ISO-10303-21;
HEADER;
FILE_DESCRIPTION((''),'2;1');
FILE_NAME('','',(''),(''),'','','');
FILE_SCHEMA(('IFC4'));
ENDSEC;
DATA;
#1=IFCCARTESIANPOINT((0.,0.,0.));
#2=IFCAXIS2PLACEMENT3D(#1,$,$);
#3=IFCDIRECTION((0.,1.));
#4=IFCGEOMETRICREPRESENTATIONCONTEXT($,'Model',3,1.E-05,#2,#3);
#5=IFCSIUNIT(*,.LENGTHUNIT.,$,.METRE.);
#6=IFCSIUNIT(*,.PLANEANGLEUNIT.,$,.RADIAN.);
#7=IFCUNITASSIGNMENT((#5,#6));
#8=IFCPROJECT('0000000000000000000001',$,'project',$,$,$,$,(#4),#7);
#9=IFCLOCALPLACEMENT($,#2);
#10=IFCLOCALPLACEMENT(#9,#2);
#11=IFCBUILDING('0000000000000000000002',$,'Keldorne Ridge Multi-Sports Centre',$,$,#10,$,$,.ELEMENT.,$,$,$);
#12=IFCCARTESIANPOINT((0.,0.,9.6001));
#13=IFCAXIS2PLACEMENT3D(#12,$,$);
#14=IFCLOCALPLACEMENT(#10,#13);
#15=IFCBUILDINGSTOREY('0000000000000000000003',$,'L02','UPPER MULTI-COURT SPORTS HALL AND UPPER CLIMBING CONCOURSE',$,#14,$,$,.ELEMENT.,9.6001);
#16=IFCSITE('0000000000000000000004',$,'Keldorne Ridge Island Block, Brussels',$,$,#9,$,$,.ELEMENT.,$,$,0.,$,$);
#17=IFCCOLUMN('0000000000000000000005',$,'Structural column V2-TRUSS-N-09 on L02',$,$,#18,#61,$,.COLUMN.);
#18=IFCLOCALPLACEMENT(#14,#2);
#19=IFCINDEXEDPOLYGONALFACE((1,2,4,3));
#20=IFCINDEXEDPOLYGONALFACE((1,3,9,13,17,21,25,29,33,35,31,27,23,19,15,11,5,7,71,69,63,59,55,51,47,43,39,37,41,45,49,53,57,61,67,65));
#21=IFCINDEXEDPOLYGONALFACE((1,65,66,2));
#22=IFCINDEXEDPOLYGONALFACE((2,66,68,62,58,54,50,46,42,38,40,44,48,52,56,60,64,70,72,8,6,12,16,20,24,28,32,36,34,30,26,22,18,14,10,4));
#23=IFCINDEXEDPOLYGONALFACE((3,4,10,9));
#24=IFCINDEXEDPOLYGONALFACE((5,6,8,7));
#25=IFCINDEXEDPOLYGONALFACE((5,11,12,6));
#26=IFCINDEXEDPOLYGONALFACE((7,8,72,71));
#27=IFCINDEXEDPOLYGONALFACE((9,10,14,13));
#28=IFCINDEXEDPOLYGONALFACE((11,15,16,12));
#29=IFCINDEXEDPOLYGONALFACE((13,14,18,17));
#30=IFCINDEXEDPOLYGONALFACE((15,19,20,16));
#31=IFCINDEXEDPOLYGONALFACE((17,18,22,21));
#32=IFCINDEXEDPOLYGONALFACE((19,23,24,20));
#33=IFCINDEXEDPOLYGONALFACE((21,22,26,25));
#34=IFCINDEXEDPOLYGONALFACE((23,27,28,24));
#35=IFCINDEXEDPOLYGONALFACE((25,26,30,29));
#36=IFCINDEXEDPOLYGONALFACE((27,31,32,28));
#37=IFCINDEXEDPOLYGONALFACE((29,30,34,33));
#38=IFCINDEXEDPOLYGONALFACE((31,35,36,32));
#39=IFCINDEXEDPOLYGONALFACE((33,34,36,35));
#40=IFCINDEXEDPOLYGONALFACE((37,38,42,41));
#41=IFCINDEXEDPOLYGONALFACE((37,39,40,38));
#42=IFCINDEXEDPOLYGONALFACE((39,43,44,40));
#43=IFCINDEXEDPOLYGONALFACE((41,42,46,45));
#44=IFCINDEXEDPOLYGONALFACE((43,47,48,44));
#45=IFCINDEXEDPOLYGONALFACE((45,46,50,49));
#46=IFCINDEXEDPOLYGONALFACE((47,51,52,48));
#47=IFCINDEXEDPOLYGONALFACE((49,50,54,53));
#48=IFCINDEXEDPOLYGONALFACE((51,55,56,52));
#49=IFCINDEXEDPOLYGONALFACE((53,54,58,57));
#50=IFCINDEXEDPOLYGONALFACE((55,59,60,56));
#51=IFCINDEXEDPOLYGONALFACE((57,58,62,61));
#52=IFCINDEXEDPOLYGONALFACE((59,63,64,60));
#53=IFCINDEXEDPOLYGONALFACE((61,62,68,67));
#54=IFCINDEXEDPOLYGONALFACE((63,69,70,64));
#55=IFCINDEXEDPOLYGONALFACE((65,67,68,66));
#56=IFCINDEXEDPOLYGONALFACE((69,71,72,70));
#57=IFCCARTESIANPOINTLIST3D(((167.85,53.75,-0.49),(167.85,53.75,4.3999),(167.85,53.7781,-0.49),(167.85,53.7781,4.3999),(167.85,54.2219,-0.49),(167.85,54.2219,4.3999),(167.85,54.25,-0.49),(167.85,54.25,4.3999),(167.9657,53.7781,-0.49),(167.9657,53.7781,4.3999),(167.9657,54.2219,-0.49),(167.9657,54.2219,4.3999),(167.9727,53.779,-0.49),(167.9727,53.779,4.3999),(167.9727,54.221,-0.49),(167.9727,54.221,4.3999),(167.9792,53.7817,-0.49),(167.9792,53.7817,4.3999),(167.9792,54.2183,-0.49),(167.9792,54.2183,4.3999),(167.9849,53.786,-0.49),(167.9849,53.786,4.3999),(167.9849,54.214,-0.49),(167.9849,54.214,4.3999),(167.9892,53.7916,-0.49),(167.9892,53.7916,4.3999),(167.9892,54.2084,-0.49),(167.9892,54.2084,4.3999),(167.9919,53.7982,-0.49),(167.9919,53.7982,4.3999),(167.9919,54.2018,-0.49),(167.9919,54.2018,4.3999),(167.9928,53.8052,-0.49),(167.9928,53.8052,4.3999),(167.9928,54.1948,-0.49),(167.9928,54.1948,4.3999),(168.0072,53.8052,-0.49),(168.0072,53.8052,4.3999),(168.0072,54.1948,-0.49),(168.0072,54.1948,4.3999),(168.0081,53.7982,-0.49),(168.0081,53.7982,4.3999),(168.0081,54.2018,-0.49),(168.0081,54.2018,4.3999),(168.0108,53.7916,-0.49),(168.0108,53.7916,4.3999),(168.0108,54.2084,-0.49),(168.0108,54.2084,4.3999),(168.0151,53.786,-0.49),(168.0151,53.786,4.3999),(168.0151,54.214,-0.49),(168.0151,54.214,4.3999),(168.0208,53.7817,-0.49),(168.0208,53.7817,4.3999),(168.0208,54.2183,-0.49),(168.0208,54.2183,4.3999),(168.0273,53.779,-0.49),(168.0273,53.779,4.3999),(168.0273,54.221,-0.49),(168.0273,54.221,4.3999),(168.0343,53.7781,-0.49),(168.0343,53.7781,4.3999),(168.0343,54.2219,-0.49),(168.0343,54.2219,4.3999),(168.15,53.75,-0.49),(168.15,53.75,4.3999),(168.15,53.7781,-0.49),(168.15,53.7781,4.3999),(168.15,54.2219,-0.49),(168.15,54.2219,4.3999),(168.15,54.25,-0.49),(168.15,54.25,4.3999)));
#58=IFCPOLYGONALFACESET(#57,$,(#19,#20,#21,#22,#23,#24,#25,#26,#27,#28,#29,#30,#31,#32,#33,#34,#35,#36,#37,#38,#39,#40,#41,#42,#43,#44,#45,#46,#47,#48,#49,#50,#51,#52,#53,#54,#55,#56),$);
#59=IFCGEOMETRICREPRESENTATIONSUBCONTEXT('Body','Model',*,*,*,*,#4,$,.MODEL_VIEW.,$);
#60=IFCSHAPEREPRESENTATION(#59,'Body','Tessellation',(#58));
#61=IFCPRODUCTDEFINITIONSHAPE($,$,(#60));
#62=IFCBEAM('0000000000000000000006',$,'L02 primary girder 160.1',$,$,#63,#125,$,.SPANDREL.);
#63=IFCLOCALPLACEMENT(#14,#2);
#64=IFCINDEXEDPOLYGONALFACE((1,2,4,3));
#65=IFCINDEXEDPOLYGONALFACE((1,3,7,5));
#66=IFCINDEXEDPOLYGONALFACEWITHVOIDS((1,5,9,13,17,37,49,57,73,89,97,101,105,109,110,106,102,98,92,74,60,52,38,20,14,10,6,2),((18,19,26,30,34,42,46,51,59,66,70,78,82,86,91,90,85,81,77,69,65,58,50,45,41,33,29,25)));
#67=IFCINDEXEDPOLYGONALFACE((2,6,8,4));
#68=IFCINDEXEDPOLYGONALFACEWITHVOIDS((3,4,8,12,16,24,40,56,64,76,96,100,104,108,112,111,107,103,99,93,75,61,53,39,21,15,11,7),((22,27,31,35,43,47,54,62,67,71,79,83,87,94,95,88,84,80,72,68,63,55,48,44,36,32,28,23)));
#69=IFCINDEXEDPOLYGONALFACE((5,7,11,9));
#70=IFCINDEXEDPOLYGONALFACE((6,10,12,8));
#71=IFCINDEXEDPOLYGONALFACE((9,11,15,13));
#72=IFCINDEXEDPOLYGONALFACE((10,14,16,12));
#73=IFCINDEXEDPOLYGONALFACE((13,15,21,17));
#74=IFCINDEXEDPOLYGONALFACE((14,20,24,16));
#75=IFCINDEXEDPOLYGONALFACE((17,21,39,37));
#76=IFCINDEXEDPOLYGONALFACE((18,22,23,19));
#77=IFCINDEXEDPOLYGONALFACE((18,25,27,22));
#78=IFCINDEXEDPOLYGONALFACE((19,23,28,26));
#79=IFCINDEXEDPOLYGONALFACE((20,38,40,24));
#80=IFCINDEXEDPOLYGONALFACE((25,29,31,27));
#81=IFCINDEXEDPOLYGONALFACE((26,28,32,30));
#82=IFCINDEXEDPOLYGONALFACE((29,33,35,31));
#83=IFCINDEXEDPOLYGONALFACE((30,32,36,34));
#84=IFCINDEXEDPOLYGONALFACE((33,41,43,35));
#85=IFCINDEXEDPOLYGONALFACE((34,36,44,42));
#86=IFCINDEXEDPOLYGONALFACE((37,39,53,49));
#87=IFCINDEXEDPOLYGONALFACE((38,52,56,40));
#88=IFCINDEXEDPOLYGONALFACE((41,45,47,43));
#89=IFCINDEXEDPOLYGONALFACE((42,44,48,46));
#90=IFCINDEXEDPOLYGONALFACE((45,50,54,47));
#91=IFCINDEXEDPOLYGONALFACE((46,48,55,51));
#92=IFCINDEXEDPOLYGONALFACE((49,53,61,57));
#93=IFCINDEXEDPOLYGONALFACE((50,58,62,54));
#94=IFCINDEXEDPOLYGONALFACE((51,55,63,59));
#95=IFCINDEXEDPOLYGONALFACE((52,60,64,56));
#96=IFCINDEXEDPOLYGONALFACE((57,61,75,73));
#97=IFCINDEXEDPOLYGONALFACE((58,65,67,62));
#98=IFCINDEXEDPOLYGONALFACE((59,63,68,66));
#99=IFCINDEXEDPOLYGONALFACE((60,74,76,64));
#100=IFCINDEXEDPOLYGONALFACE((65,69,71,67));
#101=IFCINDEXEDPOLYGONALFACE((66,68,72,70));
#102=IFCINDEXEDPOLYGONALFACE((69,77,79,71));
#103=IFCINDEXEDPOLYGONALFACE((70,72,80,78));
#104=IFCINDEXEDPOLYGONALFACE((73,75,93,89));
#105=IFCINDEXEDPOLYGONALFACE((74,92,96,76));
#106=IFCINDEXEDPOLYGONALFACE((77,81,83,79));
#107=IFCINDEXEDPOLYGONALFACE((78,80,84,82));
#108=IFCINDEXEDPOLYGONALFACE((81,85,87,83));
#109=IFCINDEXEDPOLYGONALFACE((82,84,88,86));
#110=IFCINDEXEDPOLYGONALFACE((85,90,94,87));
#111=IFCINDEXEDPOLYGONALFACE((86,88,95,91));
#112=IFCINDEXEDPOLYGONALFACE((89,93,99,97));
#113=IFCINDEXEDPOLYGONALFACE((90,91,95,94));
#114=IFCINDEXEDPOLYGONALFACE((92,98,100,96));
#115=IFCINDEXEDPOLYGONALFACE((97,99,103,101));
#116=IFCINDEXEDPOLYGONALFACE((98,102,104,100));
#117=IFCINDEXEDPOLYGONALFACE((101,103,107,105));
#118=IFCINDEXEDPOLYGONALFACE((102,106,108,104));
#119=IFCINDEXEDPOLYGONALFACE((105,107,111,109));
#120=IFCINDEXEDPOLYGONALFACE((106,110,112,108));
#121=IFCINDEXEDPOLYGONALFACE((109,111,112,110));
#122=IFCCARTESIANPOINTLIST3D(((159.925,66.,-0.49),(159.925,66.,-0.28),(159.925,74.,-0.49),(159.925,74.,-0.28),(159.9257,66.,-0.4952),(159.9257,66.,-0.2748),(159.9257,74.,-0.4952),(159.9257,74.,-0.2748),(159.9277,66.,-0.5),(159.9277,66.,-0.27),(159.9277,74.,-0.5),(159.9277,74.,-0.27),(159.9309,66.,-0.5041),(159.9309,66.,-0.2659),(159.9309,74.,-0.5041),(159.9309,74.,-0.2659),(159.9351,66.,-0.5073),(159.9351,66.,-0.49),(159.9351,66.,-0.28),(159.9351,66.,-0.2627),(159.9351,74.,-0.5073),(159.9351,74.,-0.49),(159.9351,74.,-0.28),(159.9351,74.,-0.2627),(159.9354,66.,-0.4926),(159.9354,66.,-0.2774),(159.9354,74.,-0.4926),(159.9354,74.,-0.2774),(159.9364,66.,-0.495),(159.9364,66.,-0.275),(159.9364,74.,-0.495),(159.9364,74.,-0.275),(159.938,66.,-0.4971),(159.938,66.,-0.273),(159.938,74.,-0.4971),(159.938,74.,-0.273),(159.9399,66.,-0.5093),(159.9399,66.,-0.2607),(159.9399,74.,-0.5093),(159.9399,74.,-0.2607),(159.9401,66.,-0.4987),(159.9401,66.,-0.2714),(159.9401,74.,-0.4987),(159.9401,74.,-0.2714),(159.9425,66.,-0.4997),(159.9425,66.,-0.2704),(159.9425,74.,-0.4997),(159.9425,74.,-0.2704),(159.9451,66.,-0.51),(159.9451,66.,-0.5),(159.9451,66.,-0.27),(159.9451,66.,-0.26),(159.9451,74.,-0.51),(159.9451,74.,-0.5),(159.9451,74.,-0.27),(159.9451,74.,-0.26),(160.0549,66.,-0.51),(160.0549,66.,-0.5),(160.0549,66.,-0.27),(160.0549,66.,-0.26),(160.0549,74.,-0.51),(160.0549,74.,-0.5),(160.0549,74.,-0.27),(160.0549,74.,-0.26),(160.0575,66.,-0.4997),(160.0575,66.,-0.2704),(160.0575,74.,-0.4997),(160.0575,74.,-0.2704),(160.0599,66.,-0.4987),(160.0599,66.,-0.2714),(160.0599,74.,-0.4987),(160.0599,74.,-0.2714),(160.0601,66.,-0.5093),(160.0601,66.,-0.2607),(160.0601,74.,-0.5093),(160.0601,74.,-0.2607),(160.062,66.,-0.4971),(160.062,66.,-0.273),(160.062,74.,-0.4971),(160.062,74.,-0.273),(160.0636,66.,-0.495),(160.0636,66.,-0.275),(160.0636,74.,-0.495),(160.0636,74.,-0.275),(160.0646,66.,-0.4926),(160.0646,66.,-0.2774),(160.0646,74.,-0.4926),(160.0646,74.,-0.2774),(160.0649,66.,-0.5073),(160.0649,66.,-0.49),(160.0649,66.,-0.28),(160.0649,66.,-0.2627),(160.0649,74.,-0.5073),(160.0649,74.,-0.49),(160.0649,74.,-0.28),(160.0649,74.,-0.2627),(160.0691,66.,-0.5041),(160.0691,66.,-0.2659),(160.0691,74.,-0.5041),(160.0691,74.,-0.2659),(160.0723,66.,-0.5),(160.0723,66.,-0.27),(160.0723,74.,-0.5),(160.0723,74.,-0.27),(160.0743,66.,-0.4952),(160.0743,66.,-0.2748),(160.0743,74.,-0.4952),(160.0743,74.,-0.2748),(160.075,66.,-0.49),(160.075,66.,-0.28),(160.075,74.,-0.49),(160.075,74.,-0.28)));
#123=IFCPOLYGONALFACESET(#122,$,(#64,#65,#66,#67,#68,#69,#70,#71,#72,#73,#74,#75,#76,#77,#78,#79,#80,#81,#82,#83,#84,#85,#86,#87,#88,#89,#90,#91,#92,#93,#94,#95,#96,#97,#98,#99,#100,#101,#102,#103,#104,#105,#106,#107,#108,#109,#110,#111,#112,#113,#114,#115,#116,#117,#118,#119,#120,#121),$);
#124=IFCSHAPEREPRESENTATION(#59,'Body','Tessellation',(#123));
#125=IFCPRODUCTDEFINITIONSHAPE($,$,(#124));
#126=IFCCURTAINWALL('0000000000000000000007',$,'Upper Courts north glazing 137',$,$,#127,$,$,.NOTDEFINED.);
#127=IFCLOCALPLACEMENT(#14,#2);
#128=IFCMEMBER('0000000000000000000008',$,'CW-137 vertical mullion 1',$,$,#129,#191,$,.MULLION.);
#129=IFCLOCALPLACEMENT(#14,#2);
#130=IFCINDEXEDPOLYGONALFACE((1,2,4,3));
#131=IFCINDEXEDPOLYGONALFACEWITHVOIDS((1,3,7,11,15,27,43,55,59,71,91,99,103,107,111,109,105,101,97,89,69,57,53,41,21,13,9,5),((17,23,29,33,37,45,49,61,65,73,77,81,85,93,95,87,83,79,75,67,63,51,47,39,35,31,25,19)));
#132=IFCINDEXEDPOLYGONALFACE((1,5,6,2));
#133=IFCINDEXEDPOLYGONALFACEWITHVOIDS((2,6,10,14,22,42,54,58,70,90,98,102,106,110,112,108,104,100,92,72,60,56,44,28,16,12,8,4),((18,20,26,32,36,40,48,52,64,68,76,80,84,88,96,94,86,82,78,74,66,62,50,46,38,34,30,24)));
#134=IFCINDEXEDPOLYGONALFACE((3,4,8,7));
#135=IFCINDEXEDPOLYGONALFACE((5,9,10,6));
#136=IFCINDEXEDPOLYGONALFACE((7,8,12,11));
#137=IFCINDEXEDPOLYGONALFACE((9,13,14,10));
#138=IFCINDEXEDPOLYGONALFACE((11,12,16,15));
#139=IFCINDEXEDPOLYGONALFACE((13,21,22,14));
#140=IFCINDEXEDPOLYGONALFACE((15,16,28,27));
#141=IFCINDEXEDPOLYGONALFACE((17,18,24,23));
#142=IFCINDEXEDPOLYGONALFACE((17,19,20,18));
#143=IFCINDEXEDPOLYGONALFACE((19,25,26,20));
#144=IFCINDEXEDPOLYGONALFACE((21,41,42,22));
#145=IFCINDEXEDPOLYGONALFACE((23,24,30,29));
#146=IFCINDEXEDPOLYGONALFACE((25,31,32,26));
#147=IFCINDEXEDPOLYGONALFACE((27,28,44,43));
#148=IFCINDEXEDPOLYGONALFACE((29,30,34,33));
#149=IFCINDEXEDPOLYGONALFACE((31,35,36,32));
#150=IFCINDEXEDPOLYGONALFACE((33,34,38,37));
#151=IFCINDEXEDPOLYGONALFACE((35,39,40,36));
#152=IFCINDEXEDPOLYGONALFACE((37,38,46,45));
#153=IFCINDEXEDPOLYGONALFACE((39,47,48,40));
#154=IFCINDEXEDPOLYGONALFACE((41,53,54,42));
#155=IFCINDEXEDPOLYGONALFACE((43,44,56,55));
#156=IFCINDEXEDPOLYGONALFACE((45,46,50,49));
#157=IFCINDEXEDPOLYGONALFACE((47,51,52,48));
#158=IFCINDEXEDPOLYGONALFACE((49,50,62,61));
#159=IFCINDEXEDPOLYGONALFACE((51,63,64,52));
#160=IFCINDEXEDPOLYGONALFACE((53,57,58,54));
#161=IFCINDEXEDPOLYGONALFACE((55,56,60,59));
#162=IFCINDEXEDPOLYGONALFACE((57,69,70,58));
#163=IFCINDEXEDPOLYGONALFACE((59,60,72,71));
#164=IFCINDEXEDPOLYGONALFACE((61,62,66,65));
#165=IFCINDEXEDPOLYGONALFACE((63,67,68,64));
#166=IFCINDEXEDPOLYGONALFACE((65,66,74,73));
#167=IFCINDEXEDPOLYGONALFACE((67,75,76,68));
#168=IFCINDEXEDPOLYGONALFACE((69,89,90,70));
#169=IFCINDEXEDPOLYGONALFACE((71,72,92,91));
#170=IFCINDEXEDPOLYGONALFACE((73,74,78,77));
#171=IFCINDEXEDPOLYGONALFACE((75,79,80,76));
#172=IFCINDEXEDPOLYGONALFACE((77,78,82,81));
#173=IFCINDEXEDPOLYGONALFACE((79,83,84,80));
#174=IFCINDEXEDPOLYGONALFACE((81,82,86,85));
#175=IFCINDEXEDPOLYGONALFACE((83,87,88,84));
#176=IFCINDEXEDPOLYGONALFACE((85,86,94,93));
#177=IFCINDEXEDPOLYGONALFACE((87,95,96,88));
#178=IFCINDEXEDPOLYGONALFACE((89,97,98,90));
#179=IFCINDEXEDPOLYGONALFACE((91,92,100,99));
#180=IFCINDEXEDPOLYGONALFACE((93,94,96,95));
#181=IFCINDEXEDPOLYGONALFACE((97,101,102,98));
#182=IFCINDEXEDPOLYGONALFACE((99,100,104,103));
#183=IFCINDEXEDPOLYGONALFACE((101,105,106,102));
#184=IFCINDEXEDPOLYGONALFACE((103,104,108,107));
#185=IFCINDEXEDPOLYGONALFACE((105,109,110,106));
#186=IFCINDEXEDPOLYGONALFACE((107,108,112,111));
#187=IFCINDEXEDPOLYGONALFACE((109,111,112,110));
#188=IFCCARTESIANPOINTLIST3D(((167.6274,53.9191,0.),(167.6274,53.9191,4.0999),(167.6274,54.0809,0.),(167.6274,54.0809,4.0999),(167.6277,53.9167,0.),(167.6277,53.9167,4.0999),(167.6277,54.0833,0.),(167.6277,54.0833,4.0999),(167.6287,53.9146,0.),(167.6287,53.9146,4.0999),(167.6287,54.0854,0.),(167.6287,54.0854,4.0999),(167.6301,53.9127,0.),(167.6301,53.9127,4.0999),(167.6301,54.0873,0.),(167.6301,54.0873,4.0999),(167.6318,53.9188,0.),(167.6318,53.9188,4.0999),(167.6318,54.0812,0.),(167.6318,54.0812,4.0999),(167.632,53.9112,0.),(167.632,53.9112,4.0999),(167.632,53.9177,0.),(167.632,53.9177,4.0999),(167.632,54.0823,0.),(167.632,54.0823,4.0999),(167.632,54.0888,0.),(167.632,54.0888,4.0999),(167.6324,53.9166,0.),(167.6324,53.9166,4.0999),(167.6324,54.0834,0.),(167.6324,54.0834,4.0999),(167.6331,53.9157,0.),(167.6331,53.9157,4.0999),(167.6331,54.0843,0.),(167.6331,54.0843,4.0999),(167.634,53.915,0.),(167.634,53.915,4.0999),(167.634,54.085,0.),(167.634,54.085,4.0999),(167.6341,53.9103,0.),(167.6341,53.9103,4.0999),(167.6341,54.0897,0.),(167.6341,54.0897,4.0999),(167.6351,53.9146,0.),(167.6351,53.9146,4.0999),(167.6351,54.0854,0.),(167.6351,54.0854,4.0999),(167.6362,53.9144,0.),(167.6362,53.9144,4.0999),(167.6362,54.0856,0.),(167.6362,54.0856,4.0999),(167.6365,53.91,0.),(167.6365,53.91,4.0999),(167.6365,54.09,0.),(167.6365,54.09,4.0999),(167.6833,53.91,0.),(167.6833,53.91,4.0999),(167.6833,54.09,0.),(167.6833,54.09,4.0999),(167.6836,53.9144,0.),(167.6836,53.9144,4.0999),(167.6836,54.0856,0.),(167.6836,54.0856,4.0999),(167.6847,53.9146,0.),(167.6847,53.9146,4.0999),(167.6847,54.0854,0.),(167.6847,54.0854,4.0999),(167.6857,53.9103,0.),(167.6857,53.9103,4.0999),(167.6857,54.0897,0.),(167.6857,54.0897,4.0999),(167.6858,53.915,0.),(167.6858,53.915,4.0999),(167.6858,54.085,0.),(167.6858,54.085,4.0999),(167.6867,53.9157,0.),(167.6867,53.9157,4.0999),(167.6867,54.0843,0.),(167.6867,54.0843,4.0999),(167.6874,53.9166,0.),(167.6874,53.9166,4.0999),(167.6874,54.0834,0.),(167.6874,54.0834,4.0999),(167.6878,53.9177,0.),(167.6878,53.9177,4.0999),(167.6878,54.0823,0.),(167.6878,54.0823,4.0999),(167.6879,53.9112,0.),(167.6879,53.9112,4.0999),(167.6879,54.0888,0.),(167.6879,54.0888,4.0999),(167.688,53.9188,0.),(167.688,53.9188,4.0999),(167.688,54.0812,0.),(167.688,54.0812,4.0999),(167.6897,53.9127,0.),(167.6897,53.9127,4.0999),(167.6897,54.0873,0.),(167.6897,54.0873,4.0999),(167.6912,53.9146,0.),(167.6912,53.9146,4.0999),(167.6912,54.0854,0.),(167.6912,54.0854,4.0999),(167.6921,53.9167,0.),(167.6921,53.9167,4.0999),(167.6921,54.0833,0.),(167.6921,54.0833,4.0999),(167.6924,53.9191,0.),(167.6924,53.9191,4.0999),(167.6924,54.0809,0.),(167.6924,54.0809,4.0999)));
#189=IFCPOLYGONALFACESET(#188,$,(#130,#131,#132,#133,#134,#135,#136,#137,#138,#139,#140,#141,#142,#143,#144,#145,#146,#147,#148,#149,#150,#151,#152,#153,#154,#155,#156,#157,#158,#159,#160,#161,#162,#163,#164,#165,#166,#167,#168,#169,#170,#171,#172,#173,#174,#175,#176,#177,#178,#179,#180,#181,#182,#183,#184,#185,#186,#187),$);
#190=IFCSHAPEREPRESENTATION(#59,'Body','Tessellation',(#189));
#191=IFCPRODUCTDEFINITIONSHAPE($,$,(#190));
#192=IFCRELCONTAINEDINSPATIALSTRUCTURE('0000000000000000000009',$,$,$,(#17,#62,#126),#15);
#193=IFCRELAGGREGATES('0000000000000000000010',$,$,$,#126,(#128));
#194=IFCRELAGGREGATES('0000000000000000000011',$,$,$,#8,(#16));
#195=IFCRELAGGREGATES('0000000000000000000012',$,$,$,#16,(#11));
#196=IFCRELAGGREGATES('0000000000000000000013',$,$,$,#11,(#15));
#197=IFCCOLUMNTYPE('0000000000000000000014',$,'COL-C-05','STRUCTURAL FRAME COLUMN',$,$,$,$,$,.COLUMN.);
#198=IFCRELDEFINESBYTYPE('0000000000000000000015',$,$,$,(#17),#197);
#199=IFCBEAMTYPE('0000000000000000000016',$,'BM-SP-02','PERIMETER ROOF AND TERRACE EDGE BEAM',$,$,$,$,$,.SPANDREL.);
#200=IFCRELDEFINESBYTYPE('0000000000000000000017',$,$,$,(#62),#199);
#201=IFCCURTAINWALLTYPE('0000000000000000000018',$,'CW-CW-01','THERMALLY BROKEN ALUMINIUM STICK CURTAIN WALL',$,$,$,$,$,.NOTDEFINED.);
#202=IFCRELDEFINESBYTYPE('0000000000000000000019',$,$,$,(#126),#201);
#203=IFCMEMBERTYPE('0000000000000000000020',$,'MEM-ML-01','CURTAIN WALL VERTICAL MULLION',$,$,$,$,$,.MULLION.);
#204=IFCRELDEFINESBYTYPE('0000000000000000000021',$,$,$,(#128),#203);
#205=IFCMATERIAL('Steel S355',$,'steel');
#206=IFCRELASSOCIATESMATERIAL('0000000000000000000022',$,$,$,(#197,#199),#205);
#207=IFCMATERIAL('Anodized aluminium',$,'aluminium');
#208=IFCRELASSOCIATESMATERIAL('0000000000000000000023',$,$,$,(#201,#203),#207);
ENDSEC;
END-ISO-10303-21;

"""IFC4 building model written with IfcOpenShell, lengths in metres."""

from ifc_helpers import new_model, si_unit, direction, frame, origin, origin_2d, place, context, subcontext, project, spatial, hollow_rectangle, i_section, extrude, material, material_profile, profile_set, type_object, element, aggregate, save


model = new_model("IFC4")

# Units and contexts
model_context = context("Model", 3, precision=1e-05, world=origin(), true_north=direction((0.0, 1.0)))
body_context = subcontext(model_context, "Body", "Model", "MODEL_VIEW")
ifc_project = project(units=[si_unit("LENGTHUNIT", "METRE"), si_unit("PLANEANGLEUNIT", "RADIAN")], contexts=[model_context])

# Site, building, storey
site_placement = place(None, origin())
site = spatial("IfcSite", under=ifc_project, at=site_placement, Name="Keldorne Ridge Island Block, Brussels", CompositionType="ELEMENT", RefElevation=0.0)
building_placement = place(site_placement, origin())
building = spatial("IfcBuilding", under=site, at=building_placement, Name="Keldorne Ridge Multi-Sports Centre", CompositionType="ELEMENT")
storey_placement = place(building_placement, frame((0.0, 0.0, 9.6001)))
storey = spatial("IfcBuildingStorey", under=building, at=storey_placement, Name="L02", Description="UPPER MULTI-COURT SPORTS HALL AND UPPER CLIMBING CONCOURSE", CompositionType="ELEMENT", Elevation=9.6001)

# Column
ifc_material_1 = material(Name="Steel S355", Category="steel")
ifc_material_profile_1 = material_profile(ifc_material_1, i_section(OverallWidth=0.3, OverallDepth=0.5, WebThickness=0.0144, FlangeThickness=0.0281, FilletRadius=0.0271, at=origin_2d()), Name="HEB 500")
ifc_profile_set_1 = profile_set([ifc_material_profile_1], Name="Steel S355")
column_type = type_object("IfcColumnType", Name="COL-C-05", Description="STRUCTURAL FRAME COLUMN", PredefinedType="COLUMN", material=ifc_profile_set_1)
column_placement = place(storey_placement, frame((168.0, 54.0, -0.49), z_axis=(0.0, 0.0, 1.0), x_axis=(1.0, 0.0, 0.0)))
element("IfcColumn", 1, at=column_placement, inside=storey, type_object=column_type, Name="Structural column V2-TRUSS-N-09 on L02", PredefinedType="COLUMN", context=body_context, shape_type="SweptSolid", body=[
    extrude(i_section(OverallWidth=0.3, OverallDepth=0.5, WebThickness=0.0144, FlangeThickness=0.0281, FilletRadius=0.0271, at=origin_2d()), origin(), (0.0, 0.0, 1.0), 4.8899),
])

# Beam
ifc_material_profile_2 = material_profile(ifc_material_1, hollow_rectangle(XDim=0.1499, YDim=0.25, WallThickness=0.01, InnerFilletRadius=0.01, OuterFilletRadius=0.02, at=origin_2d()), Name="RHS 250x150x10")
ifc_profile_set_2 = profile_set([ifc_material_profile_2], Name="Steel S355")
beam_type = type_object("IfcBeamType", Name="BM-SP-02", Description="PERIMETER ROOF AND TERRACE EDGE BEAM", PredefinedType="SPANDREL", material=ifc_profile_set_2)
beam_placement = place(storey_placement, frame((160.0, 66.0, -0.385), z_axis=(0.0, 1.0, 0.0), x_axis=(-1.0, 0.0, 0.0)))
element("IfcBeam", 2, at=beam_placement, inside=storey, type_object=beam_type, Name="L02 primary girder 160.1", PredefinedType="SPANDREL", context=body_context, shape_type="SweptSolid", body=[
    extrude(hollow_rectangle(XDim=0.1499, YDim=0.25, WallThickness=0.01, InnerFilletRadius=0.01, OuterFilletRadius=0.02, at=origin_2d()), origin(), (0.0, 0.0, 1.0), 8.0),
])

# Curtain wall, member
ifc_material_2 = material(Name="Anodized aluminium", Category="aluminium")
curtain_wall_type = type_object("IfcCurtainWallType", Name="CW-CW-01", Description="THERMALLY BROKEN ALUMINIUM STICK CURTAIN WALL", PredefinedType="NOTDEFINED", material=ifc_material_2)
curtain_wall_placement = place(storey_placement, origin())
curtain_wall = element("IfcCurtainWall", 3, at=curtain_wall_placement, inside=storey, type_object=curtain_wall_type, Name="Upper Courts north glazing 137", PredefinedType="NOTDEFINED")
ifc_material_profile_3 = material_profile(ifc_material_2, hollow_rectangle(XDim=0.0649, YDim=0.1799, WallThickness=0.0044, InnerFilletRadius=0.0044, OuterFilletRadius=0.009, at=origin_2d()), Name="ALU MULLION 180x65x4.5")
ifc_profile_set_3 = profile_set([ifc_material_profile_3], Name="Anodized aluminium")
member_type_1 = type_object("IfcMemberType", Name="MEM-ML-01", Description="CURTAIN WALL VERTICAL MULLION", PredefinedType="MULLION", material=ifc_profile_set_3)
member_1_placement = place(storey_placement, frame((167.6599, 54.0, 0.0), z_axis=(0.0, 0.0, 1.0), x_axis=(1.0, 0.0, 0.0)))
member_1 = element("IfcMember", 4, at=member_1_placement, type_object=member_type_1, Name="CW-137 vertical mullion 1", PredefinedType="MULLION", context=body_context, shape_type="SweptSolid", body=[
    extrude(hollow_rectangle(XDim=0.0649, YDim=0.1799, WallThickness=0.0044, InnerFilletRadius=0.0044, OuterFilletRadius=0.009, at=origin_2d()), origin(), (0.0, 0.0, 1.0), 4.0999),
])
aggregate(curtain_wall, [member_1])

save(model, "model.ifc")
